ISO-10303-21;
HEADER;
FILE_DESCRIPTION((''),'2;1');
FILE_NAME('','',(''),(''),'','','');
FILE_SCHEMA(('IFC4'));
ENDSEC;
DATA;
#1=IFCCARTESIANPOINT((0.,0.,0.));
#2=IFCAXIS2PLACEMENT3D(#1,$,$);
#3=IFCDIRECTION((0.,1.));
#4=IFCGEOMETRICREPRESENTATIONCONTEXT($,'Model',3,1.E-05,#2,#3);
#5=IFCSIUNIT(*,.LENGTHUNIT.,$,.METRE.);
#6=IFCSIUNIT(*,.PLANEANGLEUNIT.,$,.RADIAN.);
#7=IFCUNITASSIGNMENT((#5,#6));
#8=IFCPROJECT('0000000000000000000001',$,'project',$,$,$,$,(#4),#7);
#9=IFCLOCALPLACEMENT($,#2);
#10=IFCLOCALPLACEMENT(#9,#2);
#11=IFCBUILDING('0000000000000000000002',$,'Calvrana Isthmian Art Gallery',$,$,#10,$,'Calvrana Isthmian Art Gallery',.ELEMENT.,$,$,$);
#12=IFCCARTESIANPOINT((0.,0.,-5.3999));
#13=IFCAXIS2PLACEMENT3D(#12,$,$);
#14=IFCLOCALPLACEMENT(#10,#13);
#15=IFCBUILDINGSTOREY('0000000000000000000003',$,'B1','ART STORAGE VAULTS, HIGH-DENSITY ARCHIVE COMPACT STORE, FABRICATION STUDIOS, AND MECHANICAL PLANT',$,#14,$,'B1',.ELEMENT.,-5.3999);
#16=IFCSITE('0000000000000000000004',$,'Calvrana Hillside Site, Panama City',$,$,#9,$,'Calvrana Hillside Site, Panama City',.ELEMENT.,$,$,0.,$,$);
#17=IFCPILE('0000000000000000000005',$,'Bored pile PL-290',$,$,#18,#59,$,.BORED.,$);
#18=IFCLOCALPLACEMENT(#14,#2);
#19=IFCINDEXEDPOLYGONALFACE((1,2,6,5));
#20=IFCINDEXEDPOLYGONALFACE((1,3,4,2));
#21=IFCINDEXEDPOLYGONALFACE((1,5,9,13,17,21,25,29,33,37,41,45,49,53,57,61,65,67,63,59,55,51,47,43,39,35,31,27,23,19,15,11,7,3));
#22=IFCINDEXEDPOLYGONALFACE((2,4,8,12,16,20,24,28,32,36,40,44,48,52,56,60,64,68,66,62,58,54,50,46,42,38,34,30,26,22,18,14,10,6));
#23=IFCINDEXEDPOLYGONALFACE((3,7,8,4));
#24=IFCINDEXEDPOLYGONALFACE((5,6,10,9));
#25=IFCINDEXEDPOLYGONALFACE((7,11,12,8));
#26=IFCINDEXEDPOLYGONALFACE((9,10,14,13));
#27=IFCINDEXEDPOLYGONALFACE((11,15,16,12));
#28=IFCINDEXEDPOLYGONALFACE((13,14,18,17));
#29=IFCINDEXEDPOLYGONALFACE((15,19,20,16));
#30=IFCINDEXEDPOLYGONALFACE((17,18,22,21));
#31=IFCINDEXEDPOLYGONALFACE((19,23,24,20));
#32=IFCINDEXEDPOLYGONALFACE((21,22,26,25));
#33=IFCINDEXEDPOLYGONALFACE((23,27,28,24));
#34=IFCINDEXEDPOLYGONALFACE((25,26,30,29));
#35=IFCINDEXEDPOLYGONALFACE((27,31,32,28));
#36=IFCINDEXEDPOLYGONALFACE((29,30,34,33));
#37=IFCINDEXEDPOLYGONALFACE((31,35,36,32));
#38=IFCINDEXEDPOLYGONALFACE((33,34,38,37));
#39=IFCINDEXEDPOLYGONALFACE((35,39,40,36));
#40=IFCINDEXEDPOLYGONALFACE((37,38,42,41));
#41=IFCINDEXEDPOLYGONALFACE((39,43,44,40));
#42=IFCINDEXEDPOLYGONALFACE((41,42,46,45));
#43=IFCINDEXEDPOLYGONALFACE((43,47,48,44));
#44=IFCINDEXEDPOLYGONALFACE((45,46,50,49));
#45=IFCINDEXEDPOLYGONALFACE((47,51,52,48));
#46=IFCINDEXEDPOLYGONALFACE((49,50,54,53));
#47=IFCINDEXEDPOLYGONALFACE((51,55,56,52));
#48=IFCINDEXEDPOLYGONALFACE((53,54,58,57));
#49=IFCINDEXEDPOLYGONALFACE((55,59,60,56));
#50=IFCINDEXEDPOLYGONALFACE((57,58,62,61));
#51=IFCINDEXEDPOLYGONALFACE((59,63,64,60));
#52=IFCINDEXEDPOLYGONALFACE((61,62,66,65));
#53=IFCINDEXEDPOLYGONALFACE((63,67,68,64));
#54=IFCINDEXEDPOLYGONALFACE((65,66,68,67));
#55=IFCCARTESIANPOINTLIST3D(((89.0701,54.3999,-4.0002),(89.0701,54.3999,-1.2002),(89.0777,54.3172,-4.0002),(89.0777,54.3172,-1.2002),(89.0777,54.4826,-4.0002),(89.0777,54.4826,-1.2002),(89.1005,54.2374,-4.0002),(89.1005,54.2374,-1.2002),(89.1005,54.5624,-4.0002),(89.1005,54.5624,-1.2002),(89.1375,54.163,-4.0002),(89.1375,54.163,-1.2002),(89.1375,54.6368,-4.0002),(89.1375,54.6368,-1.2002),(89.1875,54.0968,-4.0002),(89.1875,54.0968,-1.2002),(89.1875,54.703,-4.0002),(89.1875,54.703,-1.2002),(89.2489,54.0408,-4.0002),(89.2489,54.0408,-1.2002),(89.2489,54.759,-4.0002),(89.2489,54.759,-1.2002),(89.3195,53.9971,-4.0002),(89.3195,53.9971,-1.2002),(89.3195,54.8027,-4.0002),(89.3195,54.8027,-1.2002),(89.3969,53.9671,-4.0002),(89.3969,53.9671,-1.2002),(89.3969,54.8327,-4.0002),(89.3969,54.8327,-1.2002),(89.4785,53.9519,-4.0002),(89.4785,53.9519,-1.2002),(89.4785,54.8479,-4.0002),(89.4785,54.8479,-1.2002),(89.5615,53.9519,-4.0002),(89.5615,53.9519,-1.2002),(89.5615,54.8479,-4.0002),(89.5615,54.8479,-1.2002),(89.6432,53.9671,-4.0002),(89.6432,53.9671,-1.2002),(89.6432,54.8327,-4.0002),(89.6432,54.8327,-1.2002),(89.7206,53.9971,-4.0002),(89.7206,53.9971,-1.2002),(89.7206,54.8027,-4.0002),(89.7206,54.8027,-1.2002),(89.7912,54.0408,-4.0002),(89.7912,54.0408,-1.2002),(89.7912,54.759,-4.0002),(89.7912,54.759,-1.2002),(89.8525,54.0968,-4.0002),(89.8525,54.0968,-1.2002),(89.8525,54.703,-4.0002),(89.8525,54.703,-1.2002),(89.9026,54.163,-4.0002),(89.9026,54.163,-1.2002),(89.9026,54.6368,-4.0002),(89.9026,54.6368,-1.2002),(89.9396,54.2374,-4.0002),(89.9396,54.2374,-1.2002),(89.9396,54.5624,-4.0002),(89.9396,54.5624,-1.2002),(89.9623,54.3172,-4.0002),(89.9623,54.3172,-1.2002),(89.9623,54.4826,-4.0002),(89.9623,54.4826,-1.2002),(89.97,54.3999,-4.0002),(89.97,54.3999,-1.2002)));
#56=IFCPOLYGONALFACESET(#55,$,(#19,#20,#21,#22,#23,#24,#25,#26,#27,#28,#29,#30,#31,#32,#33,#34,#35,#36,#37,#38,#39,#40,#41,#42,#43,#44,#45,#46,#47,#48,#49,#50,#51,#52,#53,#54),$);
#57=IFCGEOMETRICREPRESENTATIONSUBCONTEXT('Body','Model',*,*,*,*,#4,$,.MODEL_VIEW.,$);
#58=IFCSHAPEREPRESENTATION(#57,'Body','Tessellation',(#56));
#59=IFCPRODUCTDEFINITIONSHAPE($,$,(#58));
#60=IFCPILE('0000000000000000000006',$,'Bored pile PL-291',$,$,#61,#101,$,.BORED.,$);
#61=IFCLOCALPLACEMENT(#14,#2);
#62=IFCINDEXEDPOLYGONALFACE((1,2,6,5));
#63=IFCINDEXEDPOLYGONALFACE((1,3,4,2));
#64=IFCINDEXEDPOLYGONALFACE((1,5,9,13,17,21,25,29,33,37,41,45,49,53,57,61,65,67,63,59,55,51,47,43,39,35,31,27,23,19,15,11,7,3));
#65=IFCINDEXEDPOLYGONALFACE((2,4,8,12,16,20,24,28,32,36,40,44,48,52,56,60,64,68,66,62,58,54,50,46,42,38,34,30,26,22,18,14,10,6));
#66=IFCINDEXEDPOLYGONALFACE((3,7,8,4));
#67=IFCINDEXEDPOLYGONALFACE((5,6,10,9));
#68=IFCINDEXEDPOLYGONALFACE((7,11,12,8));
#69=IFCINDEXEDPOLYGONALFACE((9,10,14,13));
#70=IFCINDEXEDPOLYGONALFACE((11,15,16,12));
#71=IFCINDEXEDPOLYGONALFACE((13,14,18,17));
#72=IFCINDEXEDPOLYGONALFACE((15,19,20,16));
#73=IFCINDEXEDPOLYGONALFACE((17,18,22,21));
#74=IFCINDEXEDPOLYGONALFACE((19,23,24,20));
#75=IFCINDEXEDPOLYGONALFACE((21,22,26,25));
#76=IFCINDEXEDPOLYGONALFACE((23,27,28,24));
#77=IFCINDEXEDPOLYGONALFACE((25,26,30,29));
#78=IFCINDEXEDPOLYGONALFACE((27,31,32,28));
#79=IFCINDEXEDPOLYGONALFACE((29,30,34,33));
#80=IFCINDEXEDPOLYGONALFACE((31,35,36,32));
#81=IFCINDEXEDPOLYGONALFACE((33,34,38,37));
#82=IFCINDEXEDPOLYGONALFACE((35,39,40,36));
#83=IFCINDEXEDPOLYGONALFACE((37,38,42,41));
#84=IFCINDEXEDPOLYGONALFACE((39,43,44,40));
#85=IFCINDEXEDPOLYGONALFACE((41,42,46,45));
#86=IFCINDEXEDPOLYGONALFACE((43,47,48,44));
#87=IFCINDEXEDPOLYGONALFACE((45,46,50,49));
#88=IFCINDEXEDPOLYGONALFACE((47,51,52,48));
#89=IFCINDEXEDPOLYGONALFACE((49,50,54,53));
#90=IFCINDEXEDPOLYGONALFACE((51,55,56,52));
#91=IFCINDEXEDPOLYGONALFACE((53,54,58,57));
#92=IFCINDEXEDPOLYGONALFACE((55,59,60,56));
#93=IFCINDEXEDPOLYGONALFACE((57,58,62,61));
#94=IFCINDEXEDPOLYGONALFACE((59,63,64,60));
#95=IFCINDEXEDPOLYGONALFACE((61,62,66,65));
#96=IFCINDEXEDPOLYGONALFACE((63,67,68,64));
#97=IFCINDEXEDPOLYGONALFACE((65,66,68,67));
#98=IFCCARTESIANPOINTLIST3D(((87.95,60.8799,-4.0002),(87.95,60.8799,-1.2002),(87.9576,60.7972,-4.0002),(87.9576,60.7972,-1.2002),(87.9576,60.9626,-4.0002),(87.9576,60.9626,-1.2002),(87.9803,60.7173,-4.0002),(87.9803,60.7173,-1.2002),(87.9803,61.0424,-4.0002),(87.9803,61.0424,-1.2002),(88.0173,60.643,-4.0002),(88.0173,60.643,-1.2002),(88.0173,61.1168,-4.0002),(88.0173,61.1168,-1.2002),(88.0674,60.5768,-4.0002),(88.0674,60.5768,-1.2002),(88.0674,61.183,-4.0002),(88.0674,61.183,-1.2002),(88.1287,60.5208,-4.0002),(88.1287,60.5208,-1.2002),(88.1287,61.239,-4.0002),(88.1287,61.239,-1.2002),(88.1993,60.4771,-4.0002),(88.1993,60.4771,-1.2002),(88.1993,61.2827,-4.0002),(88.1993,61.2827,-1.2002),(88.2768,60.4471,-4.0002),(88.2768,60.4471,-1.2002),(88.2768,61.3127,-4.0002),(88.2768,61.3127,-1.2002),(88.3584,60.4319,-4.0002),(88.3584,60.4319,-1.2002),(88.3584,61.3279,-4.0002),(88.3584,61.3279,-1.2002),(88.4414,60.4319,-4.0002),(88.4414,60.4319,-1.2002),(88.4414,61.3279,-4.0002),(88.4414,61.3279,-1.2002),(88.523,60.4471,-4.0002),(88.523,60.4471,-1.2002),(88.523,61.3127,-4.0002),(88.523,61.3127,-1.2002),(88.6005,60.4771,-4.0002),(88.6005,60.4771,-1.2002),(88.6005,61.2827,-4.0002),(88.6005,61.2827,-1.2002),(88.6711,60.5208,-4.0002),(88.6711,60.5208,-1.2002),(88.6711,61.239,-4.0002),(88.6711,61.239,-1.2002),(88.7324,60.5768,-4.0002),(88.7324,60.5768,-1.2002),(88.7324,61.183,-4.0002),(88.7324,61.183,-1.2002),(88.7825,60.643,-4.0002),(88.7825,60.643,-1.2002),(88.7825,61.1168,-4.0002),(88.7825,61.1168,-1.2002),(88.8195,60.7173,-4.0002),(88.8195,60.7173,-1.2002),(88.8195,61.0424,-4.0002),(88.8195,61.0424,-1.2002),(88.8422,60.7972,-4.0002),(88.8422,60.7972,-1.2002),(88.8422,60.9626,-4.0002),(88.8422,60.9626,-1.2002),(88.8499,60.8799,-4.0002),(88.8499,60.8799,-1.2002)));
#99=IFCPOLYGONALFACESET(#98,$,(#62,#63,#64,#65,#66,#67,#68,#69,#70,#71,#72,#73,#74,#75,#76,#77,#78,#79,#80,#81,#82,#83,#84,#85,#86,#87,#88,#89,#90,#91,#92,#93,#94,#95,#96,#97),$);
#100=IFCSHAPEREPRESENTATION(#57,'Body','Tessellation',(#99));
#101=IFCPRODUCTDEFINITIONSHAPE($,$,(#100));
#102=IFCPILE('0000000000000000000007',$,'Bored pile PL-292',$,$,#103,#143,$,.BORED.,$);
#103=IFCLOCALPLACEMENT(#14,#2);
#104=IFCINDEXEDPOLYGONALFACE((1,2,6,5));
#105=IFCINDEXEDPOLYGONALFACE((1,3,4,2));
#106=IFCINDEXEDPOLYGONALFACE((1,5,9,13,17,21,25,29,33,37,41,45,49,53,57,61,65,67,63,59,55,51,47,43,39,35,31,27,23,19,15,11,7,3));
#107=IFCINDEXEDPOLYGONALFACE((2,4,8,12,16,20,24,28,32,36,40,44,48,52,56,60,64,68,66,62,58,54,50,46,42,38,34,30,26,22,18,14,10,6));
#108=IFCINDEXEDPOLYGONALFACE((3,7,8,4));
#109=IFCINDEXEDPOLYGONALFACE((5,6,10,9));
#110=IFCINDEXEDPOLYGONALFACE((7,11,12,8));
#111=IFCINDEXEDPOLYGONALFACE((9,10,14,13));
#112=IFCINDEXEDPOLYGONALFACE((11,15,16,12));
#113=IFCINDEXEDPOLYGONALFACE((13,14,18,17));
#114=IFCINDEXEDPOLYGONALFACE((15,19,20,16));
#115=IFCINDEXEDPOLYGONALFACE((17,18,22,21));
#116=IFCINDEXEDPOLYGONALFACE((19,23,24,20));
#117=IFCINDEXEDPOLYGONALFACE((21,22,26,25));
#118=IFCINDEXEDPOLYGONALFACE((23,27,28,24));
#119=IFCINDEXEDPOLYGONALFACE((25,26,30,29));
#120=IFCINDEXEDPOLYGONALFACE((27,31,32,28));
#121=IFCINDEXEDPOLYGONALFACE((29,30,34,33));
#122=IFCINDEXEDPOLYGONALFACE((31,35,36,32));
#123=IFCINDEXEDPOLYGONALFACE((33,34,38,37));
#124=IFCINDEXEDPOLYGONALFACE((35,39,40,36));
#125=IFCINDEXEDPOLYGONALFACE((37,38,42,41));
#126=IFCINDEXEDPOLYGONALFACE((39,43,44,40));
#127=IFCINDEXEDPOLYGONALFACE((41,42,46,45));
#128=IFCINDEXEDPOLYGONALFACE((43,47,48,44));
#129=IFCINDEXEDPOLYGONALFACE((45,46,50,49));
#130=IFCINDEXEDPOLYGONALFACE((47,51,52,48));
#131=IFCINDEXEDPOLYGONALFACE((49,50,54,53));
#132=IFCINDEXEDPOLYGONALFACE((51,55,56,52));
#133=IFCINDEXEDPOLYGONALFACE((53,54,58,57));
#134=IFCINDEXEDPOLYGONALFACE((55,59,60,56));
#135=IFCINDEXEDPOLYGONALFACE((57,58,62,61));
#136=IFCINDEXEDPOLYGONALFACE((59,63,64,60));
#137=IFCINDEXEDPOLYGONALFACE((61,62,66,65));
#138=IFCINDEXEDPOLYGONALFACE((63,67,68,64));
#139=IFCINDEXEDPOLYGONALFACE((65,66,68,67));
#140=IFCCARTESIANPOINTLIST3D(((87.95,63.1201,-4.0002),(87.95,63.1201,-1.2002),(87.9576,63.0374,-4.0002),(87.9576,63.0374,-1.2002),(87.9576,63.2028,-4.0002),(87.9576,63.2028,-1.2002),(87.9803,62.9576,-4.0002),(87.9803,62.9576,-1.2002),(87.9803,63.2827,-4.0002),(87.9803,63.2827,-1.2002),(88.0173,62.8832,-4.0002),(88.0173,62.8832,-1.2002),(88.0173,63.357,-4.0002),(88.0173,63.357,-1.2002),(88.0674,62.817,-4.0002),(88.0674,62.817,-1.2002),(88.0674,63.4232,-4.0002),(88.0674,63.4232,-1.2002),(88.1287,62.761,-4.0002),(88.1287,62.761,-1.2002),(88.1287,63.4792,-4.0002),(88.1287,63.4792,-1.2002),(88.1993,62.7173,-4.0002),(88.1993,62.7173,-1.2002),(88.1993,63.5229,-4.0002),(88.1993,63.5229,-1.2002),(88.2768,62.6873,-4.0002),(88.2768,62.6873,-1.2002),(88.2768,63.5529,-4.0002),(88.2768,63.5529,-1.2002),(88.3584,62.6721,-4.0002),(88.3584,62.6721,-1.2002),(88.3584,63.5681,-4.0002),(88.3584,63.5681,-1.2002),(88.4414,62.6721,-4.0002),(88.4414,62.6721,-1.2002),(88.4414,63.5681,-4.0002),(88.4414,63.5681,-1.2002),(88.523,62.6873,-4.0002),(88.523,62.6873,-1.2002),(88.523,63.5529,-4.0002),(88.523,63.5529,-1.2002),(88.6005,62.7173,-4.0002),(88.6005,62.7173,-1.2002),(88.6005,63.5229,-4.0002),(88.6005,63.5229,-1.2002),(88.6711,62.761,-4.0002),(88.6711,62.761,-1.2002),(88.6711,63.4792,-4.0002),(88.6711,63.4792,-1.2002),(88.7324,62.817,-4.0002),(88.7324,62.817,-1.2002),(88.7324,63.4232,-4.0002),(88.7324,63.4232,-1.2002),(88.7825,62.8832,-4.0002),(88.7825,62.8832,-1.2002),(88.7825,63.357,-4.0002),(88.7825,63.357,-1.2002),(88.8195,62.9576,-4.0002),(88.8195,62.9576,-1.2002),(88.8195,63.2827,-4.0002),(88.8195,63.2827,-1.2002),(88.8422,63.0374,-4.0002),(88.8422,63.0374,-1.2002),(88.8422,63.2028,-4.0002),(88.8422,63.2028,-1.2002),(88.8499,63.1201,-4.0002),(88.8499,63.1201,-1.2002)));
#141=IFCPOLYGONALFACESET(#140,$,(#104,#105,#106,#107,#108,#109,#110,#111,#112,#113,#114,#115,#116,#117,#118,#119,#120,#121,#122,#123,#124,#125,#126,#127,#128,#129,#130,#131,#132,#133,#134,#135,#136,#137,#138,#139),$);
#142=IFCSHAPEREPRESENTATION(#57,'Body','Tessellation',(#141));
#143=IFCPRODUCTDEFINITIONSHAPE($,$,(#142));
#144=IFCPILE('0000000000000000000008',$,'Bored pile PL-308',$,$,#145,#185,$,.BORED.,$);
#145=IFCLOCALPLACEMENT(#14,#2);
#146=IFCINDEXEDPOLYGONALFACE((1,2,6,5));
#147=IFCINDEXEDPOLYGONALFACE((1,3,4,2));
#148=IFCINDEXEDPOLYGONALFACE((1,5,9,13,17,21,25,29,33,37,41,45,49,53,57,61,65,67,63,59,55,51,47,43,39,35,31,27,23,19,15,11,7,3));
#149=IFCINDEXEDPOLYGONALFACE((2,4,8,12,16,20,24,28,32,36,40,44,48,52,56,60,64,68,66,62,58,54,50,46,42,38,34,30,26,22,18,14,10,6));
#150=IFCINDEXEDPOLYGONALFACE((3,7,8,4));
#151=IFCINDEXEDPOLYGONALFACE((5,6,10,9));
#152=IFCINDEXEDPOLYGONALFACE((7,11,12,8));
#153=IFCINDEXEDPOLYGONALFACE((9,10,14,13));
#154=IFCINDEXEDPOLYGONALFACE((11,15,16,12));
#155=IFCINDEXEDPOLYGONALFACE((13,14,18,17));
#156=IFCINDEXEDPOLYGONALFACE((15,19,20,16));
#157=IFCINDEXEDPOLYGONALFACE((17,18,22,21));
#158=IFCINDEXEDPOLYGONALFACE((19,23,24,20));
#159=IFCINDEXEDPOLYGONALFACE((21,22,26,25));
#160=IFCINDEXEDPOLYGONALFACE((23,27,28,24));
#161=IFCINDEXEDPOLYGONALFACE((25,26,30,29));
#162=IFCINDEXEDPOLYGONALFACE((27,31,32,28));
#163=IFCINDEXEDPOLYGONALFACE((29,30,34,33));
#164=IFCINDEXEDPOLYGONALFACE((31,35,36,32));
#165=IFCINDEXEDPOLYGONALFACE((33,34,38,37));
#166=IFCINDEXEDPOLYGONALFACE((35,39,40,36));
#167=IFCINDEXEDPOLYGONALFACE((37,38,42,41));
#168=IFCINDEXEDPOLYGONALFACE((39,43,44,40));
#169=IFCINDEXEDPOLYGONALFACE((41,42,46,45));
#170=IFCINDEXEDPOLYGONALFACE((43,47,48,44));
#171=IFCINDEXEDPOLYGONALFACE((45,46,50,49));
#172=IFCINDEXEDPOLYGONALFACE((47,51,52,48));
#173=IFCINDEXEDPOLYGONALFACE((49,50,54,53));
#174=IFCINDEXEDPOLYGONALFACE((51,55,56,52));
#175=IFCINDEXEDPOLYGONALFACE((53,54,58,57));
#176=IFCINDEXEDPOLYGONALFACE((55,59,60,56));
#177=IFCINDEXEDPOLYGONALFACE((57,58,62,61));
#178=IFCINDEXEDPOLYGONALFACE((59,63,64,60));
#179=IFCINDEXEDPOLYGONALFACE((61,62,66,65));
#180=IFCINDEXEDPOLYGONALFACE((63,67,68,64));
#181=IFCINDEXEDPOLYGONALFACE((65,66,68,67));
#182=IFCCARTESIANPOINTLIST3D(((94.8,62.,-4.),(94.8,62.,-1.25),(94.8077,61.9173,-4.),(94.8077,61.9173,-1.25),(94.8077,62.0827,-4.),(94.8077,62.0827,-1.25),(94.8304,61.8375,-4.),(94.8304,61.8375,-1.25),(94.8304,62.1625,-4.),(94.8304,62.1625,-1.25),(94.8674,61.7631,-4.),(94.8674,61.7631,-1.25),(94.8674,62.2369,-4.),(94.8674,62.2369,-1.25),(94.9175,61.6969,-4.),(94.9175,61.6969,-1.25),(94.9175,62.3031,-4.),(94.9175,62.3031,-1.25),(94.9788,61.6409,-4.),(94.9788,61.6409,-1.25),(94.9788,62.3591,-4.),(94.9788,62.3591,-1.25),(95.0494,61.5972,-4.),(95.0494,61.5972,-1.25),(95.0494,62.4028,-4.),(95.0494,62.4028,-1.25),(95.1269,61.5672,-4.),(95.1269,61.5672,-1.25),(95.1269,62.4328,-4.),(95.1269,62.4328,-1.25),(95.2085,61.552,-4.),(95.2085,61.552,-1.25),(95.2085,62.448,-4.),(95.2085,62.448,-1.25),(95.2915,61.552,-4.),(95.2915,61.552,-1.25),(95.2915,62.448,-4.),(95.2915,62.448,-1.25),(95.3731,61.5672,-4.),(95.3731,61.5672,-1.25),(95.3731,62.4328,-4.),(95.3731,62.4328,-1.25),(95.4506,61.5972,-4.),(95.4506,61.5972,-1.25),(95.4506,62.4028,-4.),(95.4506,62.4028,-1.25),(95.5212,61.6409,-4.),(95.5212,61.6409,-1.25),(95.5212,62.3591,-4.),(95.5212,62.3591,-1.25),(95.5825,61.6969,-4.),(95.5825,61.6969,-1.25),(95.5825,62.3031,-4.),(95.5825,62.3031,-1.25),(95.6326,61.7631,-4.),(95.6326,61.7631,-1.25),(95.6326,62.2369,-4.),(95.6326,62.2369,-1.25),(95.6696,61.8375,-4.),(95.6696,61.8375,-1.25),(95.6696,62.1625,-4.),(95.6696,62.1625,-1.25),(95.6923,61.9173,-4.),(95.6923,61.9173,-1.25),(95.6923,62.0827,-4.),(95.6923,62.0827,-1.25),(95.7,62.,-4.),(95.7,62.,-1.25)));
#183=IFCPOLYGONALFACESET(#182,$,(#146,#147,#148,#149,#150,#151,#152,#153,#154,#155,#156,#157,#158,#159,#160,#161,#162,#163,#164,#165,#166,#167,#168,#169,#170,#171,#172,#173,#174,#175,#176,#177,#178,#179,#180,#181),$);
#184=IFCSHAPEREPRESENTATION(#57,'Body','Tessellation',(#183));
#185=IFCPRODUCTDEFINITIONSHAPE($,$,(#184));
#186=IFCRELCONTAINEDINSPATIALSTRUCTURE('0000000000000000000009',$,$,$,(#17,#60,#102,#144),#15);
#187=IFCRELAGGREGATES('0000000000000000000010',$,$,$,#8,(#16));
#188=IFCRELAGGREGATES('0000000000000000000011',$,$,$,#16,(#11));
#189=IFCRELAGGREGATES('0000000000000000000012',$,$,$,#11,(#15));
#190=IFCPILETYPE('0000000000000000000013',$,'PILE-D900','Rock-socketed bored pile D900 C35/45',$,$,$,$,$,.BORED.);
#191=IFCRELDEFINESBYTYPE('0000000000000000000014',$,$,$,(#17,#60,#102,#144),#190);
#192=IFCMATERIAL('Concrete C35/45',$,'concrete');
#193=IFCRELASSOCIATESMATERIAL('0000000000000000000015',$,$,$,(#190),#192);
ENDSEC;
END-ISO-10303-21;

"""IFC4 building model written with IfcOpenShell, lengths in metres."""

from ifc_helpers import new_model, si_unit, direction, frame, origin, origin_2d, place, context, subcontext, project, spatial, circle, extrude, material, material_profile, profile_set, type_object, element, save


model = new_model("IFC4")

# Units and contexts
model_context = context("Model", 3, precision=1e-05, world=origin(), true_north=direction((0.0, 1.0)))
body_context = subcontext(model_context, "Body", "Model", "MODEL_VIEW")
ifc_project = project(units=[si_unit("LENGTHUNIT", "METRE"), si_unit("PLANEANGLEUNIT", "RADIAN")], contexts=[model_context])

# Site, building, storey
site_placement = place(None, origin())
site = spatial("IfcSite", under=ifc_project, at=site_placement, Name="Calvrana Hillside Site, Panama City", LongName="Calvrana Hillside Site, Panama City", CompositionType="ELEMENT", RefElevation=0.0)
building_placement = place(site_placement, origin())
building = spatial("IfcBuilding", under=site, at=building_placement, Name="Calvrana Isthmian Art Gallery", LongName="Calvrana Isthmian Art Gallery", CompositionType="ELEMENT")
storey_placement = place(building_placement, frame((0.0, 0.0, -5.3999)))
storey = spatial("IfcBuildingStorey", under=building, at=storey_placement, Name="B1", Description="ART STORAGE VAULTS, HIGH-DENSITY ARCHIVE COMPACT STORE, FABRICATION STUDIOS, AND MECHANICAL PLANT", LongName="B1", CompositionType="ELEMENT", Elevation=-5.3999)

# Shared definitions
ifc_material_1 = material(Name="Concrete C35/45", Category="concrete")

# Piles
ifc_material_profile_1 = material_profile(ifc_material_1, circle(Radius=0.45, at=origin_2d()), Name="PILE900D")
ifc_profile_set_1 = profile_set([ifc_material_profile_1], Name="Concrete C35/45")
pile_type_1 = type_object("IfcPileType", Name="PILE-D900", Description="Rock-socketed bored pile D900 C35/45", PredefinedType="BORED", material=ifc_profile_set_1)
for number, where, z_axis, x_axis, name in (
    (1, (89.52, 54.3999, -1.2002), (0.0, 0.0, -1.0), (1.0, 0.0, 0.0), "Bored pile PL-290"),
    (2, (88.3999, 60.8799, -1.2002), (0.0, 0.0, -1.0), (1.0, 0.0, 0.0), "Bored pile PL-291"),
    (3, (88.3999, 63.1201, -1.2002), (0.0, 0.0, -1.0), (1.0, 0.0, 0.0), "Bored pile PL-292"),
):
    element("IfcPile", number, at=place(storey_placement, frame(where, z_axis=z_axis, x_axis=x_axis)), inside=storey, type_object=pile_type_1, Name=name, PredefinedType="BORED", context=body_context, shape_type="SweptSolid", body=[
        extrude(circle(Radius=0.45, at=origin_2d()), origin(), (0.0, 0.0, 1.0), 2.8),
    ])
for number, where, z_axis, x_axis, name in (
    (4, (95.25, 62.0, -1.25), (0.0, 0.0, -1.0), (1.0, 0.0, 0.0), "Bored pile PL-308"),
):
    element("IfcPile", number, at=place(storey_placement, frame(where, z_axis=z_axis, x_axis=x_axis)), inside=storey, type_object=pile_type_1, Name=name, PredefinedType="BORED", context=body_context, shape_type="SweptSolid", body=[
        extrude(circle(Radius=0.45, at=origin_2d()), origin(), (0.0, 0.0, 1.0), 2.75),
    ])

save(model, "model.ifc")
